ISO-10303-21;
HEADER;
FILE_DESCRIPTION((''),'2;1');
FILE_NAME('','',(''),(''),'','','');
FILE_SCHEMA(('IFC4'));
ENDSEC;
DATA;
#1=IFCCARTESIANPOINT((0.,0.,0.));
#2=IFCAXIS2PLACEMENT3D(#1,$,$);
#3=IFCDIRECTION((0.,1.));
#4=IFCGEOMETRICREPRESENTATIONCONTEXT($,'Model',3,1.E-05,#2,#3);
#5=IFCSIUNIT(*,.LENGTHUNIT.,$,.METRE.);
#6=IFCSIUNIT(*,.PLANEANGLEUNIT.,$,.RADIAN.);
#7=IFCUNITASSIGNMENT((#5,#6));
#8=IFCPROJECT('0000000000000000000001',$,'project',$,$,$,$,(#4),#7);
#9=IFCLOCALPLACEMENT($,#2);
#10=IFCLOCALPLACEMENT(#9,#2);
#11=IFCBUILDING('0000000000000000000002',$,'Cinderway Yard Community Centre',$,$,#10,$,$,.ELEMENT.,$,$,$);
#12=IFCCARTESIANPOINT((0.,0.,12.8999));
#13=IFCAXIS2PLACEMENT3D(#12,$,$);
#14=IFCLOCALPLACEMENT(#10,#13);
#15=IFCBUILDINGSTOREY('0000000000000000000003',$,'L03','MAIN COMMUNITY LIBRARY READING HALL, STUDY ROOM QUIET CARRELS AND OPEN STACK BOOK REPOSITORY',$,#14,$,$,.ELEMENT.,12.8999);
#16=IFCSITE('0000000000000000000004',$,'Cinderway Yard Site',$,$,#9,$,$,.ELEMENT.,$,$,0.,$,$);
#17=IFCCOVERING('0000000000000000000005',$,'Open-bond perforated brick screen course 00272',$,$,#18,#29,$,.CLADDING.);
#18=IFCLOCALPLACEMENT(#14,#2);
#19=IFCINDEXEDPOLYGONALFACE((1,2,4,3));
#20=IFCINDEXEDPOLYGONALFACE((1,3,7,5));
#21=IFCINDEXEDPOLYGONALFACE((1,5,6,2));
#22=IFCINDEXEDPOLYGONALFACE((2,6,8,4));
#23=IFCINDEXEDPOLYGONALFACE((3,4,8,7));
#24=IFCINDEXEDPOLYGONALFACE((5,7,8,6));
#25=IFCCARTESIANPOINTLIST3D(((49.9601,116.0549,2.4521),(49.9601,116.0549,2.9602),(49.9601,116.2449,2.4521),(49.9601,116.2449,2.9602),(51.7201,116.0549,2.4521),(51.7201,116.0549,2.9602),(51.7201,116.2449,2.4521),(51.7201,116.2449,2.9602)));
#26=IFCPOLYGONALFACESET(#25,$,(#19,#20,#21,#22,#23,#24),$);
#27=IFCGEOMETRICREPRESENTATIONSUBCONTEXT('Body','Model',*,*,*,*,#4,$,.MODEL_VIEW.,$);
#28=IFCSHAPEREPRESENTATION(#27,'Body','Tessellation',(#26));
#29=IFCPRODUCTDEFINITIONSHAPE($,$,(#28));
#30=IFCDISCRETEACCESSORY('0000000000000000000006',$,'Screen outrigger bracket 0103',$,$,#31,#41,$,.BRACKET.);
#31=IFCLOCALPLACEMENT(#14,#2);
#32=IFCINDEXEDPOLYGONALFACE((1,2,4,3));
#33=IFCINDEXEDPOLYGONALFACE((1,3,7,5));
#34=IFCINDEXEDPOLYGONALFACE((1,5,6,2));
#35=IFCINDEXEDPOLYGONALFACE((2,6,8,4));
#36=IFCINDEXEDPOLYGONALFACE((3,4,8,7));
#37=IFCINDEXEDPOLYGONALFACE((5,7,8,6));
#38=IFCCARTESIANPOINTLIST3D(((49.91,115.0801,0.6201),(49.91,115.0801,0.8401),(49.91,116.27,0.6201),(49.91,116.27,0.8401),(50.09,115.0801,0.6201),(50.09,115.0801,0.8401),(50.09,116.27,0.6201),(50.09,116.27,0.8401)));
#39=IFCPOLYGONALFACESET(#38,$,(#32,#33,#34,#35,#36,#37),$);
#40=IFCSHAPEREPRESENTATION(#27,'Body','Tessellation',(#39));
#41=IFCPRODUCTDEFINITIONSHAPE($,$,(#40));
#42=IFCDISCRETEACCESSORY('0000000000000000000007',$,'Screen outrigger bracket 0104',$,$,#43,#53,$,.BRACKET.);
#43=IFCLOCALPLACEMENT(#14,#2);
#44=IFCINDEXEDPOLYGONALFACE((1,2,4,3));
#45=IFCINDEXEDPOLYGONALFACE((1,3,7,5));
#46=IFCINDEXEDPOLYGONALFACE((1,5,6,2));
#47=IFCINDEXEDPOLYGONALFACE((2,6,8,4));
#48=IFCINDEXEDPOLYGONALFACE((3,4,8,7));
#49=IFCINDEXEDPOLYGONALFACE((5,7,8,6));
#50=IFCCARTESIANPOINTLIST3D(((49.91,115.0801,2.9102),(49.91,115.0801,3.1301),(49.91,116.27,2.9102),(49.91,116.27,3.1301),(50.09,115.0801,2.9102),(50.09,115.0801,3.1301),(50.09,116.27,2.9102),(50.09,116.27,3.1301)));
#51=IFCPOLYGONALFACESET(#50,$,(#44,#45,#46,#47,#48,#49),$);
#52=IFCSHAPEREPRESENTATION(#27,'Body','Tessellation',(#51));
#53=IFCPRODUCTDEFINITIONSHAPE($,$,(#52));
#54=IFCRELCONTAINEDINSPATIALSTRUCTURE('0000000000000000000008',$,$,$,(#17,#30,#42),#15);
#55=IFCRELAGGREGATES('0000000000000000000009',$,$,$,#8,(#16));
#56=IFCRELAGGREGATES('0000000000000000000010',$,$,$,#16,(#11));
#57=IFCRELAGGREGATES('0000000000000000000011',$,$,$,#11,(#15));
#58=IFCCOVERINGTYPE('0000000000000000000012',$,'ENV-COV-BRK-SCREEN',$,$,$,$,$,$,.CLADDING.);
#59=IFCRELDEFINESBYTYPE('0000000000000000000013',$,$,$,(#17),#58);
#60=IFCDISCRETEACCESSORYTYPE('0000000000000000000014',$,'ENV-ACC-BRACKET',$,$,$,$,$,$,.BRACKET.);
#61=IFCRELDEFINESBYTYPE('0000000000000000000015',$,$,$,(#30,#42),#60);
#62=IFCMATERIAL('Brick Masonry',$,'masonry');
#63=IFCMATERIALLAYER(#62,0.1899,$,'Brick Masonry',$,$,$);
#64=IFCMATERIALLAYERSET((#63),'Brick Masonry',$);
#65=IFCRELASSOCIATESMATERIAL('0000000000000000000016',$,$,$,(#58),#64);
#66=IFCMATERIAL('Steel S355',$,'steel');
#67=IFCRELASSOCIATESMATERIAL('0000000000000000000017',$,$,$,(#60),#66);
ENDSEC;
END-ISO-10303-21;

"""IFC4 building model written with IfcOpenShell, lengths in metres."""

from ifc_helpers import new_model, si_unit, direction, frame, origin, origin_2d, place, context, subcontext, project, spatial, rectangle, extrude, material, layer, layer_set, type_object, element, save


model = new_model("IFC4")

# Units and contexts
model_context = context("Model", 3, precision=1e-05, world=origin(), true_north=direction((0.0, 1.0)))
body_context = subcontext(model_context, "Body", "Model", "MODEL_VIEW")
ifc_project = project(units=[si_unit("LENGTHUNIT", "METRE"), si_unit("PLANEANGLEUNIT", "RADIAN")], contexts=[model_context])

# Site, building, storey
site_placement = place(None, origin())
site = spatial("IfcSite", under=ifc_project, at=site_placement, Name="Cinderway Yard Site", CompositionType="ELEMENT", RefElevation=0.0)
building_placement = place(site_placement, origin())
building = spatial("IfcBuilding", under=site, at=building_placement, Name="Cinderway Yard Community Centre", CompositionType="ELEMENT")
storey_placement = place(building_placement, frame((0.0, 0.0, 12.8999)))
storey = spatial("IfcBuildingStorey", under=building, at=storey_placement, Name="L03", Description="MAIN COMMUNITY LIBRARY READING HALL, STUDY ROOM QUIET CARRELS AND OPEN STACK BOOK REPOSITORY", CompositionType="ELEMENT", Elevation=12.8999)

# Shared definitions
ifc_material_1 = material(Name="Steel S355", Category="steel")

# Covering
ifc_material_2 = material(Name="Brick Masonry", Category="masonry")
ifc_layer_1 = layer(ifc_material_2, 0.1899, Name="Brick Masonry")
ifc_layer_set_1 = layer_set([ifc_layer_1], Name="Brick Masonry")
covering_type = type_object("IfcCoveringType", Name="ENV-COV-BRK-SCREEN", PredefinedType="CLADDING", material=ifc_layer_set_1)
for number, where, z_axis, x_axis, name in (
    (1, (50.8401, 116.1499, 2.4521), (0.0, 0.0, 1.0), (1.0, 0.0, 0.0), "Open-bond perforated brick screen course 00272"),
):
    element("IfcCovering", number, at=place(storey_placement, frame(where, z_axis=z_axis, x_axis=x_axis)), inside=storey, type_object=covering_type, Name=name, PredefinedType="CLADDING", context=body_context, shape_type="SweptSolid", body=[
        extrude(rectangle(XDim=1.76, YDim=0.1899, at=origin_2d()), origin(), (0.0, 0.0, 1.0), 0.5081),
    ])

# Discrete accessories
discrete_accessory_type = type_object("IfcDiscreteAccessoryType", Name="ENV-ACC-BRACKET", PredefinedType="BRACKET", material=ifc_material_1)
for number, where, z_axis, x_axis, name in (
    (2, (50.0, 115.675, 0.6201), (0.0, 0.0, 1.0), (0.0, 1.0, 0.0), "Screen outrigger bracket 0103"),
    (3, (50.0, 115.675, 2.9102), (0.0, 0.0, 1.0), (0.0, 1.0, 0.0), "Screen outrigger bracket 0104"),
):
    element("IfcDiscreteAccessory", number, at=place(storey_placement, frame(where, z_axis=z_axis, x_axis=x_axis)), inside=storey, type_object=discrete_accessory_type, Name=name, PredefinedType="BRACKET", context=body_context, shape_type="SweptSolid", body=[
        extrude(rectangle(XDim=1.1899, YDim=0.1799, at=origin_2d()), origin(), (0.0, 0.0, 1.0), 0.22),
    ])

save(model, "model.ifc")
